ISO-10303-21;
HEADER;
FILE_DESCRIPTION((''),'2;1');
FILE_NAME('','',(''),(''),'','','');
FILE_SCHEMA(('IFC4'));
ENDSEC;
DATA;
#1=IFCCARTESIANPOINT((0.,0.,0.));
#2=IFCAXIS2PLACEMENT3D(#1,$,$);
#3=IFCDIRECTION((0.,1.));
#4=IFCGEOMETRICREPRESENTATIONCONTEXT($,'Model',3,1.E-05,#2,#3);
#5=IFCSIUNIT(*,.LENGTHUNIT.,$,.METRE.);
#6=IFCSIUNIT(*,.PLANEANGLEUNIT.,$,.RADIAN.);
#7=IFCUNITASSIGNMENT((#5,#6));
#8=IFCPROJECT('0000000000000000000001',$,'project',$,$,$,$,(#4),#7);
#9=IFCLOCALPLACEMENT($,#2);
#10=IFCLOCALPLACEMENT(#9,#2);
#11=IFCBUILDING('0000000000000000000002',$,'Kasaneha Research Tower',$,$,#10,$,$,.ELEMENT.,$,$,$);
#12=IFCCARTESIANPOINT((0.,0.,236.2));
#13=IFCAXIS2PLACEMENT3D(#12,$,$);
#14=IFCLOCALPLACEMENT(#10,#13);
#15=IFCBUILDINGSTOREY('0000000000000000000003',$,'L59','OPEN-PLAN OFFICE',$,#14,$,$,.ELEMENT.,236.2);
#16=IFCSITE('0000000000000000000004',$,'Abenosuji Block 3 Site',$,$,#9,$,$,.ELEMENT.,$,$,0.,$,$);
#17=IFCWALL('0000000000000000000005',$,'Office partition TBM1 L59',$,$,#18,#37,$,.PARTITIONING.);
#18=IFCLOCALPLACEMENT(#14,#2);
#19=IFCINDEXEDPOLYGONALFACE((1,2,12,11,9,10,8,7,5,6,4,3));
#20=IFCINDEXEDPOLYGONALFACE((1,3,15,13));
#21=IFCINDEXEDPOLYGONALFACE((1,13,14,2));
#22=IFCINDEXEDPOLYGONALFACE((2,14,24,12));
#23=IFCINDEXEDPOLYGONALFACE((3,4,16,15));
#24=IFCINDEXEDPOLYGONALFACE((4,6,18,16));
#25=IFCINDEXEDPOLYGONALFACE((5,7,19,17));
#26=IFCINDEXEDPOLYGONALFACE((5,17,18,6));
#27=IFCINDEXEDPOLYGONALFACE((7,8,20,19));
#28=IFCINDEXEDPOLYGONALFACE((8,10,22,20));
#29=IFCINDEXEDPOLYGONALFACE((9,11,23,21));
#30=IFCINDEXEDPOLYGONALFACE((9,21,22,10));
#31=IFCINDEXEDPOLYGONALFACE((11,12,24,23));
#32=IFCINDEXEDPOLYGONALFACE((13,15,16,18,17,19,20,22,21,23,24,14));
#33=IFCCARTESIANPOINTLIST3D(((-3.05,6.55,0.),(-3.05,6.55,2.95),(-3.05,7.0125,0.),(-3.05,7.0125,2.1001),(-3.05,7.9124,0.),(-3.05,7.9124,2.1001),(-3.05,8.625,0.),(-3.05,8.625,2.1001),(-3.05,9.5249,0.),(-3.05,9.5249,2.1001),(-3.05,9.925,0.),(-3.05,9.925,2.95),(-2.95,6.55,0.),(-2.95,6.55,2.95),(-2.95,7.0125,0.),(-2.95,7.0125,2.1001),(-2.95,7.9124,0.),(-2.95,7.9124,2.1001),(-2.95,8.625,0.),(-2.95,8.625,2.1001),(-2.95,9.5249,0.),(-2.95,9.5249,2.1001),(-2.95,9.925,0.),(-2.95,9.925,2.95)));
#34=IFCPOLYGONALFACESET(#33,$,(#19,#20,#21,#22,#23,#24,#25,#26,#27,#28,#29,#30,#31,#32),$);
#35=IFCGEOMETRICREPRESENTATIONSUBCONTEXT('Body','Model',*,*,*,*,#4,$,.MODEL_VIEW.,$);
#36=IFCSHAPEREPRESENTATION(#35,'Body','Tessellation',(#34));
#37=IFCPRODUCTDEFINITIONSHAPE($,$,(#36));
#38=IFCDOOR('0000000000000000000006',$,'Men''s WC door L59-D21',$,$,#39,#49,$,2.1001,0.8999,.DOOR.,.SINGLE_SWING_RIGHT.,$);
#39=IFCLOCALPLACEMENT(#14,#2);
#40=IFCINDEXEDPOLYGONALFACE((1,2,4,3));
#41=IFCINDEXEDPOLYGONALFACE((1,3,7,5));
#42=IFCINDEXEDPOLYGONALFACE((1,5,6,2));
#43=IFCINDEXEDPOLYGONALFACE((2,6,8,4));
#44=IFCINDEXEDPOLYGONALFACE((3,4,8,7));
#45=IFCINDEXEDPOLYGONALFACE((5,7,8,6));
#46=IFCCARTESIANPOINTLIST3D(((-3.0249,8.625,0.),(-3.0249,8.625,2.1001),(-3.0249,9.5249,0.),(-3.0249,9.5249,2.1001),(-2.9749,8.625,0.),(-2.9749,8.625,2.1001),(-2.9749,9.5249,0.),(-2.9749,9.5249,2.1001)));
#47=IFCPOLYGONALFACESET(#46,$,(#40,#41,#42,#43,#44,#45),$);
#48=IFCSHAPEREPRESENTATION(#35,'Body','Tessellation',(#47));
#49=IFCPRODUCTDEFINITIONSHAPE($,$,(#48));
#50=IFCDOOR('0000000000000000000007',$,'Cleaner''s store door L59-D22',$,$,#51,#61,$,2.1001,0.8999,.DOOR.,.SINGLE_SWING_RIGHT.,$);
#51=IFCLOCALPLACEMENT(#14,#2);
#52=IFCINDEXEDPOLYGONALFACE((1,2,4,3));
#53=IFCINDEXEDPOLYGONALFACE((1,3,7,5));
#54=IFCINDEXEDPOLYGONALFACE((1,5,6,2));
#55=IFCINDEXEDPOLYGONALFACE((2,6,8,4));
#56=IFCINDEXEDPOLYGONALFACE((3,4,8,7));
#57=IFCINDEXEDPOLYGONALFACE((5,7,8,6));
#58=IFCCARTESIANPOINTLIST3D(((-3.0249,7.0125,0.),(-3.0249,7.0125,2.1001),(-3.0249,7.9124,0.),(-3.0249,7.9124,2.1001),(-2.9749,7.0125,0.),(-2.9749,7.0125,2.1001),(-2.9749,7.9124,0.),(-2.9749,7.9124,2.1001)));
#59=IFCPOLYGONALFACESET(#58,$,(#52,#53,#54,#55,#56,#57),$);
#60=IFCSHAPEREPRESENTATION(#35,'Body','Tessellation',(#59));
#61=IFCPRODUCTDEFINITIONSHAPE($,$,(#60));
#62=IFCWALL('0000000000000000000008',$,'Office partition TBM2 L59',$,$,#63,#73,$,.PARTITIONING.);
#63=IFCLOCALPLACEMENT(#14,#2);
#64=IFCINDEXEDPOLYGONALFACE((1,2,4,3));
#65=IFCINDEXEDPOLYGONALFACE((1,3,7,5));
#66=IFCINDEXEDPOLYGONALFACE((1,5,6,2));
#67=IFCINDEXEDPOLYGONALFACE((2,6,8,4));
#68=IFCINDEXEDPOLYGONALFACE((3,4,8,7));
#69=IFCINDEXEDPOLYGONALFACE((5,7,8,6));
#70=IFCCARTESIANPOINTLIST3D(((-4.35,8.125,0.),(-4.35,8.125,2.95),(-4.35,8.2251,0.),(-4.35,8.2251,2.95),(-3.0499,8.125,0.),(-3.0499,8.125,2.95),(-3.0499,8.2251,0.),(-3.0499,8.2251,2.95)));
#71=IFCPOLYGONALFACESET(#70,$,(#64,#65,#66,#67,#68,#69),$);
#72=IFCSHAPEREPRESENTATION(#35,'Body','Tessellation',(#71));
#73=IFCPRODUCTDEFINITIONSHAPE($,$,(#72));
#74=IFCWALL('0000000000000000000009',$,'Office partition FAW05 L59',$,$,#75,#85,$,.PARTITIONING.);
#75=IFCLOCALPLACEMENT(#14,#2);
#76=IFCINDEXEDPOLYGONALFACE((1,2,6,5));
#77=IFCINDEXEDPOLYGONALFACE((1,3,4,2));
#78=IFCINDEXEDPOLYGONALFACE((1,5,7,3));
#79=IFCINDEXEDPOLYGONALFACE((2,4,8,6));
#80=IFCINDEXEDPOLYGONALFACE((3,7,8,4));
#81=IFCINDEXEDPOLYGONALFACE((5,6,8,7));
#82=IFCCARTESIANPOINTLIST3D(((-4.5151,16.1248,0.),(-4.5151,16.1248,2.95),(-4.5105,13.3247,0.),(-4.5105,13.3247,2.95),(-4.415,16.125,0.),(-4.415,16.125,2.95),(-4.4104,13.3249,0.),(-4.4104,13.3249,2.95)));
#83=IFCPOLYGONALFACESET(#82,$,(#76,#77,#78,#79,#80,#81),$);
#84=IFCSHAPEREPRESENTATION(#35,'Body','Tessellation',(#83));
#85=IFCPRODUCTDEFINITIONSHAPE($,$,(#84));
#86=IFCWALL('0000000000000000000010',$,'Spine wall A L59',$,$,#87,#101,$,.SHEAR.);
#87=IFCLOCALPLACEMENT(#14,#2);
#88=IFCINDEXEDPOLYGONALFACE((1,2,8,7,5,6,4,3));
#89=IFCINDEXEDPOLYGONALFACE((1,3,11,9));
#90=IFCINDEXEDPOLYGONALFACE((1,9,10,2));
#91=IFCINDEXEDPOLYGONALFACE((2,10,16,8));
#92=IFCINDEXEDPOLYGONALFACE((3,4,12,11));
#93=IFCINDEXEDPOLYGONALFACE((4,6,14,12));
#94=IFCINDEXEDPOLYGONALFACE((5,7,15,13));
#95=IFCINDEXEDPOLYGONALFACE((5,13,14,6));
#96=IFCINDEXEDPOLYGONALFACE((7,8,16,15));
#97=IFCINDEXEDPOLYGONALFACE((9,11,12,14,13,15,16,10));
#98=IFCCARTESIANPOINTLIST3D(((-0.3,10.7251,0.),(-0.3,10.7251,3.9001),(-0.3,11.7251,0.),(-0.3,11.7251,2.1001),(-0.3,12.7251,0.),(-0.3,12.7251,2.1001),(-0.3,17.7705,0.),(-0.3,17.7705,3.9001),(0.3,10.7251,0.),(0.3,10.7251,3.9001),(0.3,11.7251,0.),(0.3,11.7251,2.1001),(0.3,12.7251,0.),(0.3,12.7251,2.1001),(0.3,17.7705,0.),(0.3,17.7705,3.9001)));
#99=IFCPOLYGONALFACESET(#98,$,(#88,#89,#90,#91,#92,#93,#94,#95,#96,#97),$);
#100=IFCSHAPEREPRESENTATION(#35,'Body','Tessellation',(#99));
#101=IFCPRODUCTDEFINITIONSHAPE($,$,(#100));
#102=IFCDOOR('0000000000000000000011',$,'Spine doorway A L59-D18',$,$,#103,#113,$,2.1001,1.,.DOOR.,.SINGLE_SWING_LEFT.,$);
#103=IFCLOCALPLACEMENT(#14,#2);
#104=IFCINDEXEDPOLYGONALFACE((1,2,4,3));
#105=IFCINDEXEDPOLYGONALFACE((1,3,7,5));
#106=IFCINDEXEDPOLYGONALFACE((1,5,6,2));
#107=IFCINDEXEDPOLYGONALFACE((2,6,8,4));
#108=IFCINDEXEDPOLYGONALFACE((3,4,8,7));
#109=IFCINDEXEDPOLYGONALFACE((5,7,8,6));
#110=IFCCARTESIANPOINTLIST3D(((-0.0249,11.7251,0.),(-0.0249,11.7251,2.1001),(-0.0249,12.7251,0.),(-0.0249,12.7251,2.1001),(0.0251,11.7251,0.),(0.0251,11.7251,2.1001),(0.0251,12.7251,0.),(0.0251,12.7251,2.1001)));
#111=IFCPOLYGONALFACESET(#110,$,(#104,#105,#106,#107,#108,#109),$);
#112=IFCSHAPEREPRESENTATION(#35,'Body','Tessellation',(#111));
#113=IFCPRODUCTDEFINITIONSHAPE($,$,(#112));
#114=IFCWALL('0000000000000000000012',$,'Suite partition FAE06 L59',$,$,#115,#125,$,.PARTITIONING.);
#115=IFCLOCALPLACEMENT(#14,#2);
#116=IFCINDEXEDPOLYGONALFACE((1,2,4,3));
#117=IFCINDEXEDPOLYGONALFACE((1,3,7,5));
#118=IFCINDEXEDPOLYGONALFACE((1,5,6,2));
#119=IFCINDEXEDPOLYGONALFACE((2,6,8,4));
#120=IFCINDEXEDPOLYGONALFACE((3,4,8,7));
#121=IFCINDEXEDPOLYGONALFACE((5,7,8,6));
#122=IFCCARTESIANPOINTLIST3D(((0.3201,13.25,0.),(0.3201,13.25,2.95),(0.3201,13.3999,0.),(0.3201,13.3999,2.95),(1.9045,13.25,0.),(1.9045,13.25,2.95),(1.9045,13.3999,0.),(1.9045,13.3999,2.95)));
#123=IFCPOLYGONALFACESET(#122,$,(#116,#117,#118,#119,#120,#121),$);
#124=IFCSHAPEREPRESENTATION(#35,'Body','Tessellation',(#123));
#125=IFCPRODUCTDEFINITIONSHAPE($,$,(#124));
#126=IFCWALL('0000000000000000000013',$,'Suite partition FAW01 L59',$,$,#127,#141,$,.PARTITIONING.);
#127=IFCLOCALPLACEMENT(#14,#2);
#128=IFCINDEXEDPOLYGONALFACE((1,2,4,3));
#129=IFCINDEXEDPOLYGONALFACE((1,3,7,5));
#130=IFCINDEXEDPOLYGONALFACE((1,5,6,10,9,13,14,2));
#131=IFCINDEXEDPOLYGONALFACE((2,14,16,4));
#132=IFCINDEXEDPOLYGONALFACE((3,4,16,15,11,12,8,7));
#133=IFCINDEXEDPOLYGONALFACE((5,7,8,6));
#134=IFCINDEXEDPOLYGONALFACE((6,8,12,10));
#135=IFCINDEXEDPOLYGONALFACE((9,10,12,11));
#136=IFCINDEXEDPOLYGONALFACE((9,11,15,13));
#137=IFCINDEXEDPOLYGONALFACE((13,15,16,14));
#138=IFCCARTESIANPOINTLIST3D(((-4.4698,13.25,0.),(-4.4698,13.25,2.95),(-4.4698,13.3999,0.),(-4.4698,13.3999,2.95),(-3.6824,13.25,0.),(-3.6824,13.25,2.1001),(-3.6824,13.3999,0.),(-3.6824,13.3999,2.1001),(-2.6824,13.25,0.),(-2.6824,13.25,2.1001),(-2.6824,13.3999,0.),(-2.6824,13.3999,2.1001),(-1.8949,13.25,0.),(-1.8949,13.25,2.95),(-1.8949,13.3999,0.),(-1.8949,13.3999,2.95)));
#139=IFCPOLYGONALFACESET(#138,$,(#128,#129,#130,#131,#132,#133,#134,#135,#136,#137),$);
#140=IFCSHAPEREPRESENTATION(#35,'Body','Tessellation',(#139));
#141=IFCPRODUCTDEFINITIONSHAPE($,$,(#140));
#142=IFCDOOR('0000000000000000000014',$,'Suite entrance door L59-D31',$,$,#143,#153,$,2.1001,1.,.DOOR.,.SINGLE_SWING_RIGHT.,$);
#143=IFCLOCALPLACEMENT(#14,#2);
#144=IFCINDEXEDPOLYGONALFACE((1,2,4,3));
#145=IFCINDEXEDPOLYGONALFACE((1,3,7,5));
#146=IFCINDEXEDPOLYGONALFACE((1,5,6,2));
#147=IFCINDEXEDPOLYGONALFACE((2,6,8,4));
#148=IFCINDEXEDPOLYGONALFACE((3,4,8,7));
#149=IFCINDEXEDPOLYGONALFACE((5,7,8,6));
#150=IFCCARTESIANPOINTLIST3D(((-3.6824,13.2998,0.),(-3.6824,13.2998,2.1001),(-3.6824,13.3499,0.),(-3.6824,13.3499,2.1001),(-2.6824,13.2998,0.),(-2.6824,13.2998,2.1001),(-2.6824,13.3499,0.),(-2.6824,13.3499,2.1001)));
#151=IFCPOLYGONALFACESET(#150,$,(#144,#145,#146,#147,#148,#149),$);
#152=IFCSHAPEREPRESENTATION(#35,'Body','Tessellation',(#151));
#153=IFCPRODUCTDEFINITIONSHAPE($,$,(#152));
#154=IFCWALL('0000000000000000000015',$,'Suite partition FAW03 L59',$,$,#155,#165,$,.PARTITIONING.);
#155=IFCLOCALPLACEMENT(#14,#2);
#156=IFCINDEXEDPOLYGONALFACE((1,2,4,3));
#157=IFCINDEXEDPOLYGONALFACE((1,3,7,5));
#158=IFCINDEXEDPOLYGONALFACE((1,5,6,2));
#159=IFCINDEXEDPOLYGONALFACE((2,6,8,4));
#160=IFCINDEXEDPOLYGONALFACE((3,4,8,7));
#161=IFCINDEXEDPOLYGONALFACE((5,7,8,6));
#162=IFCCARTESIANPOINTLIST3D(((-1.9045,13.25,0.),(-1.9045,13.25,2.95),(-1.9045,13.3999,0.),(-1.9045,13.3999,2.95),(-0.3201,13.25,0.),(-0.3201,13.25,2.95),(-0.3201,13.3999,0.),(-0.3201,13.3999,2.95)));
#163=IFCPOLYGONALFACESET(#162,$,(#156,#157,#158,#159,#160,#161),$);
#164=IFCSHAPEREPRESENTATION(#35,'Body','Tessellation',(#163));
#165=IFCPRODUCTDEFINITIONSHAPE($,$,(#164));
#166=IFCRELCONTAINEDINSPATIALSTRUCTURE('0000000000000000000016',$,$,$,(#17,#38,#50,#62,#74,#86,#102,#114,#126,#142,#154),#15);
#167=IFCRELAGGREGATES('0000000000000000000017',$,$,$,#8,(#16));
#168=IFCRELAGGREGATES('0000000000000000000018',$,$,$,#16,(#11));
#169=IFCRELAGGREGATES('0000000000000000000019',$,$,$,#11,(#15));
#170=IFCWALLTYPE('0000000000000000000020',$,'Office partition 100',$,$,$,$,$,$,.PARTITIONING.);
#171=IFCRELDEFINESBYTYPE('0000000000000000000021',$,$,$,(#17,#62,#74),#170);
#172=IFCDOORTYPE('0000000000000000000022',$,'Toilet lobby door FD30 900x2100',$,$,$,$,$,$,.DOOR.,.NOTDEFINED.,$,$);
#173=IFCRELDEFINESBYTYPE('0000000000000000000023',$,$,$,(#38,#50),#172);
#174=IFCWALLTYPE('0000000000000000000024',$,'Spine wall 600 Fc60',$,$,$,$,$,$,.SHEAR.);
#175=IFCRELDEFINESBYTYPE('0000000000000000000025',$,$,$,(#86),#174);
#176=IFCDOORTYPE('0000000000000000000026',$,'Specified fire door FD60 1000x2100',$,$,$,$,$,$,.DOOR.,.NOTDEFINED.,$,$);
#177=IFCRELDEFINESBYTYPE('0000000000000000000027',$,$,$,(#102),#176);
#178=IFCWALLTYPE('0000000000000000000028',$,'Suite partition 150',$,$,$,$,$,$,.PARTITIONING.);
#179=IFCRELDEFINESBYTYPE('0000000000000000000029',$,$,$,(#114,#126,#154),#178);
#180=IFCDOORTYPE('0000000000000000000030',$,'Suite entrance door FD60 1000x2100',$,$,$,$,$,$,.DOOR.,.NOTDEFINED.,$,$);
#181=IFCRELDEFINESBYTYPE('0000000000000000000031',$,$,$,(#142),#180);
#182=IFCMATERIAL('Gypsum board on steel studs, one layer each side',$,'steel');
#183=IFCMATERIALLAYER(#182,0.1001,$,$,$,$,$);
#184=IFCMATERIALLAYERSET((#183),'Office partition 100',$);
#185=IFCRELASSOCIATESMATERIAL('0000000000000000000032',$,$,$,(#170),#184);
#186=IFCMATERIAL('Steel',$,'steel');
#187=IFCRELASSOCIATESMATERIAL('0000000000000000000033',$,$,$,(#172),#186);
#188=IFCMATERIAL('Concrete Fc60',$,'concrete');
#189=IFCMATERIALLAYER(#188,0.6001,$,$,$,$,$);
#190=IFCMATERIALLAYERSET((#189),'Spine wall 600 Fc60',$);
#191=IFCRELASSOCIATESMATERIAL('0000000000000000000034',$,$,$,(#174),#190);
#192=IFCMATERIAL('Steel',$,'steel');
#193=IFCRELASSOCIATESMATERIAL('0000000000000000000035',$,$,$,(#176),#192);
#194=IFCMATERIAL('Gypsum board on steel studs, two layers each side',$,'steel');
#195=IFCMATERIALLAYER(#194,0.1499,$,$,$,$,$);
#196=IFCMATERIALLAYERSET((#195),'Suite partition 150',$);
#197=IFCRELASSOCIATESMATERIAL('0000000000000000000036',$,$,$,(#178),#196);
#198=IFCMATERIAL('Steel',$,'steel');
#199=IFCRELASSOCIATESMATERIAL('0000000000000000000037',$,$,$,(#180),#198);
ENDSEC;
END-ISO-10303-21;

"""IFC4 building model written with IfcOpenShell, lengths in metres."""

from ifc_helpers import new_model, si_unit, direction, frame, frame_2d, origin, place, context, subcontext, project, spatial, rectangle, extrude, material, layer, layer_set, type_object, element, fill, save


model = new_model("IFC4")

# Units and contexts
model_context = context("Model", 3, precision=1e-05, world=origin(), true_north=direction((0.0, 1.0)))
body_context = subcontext(model_context, "Body", "Model", "MODEL_VIEW")
ifc_project = project(units=[si_unit("LENGTHUNIT", "METRE"), si_unit("PLANEANGLEUNIT", "RADIAN")], contexts=[model_context])

# Site, building, storey
site_placement = place(None, origin())
site = spatial("IfcSite", under=ifc_project, at=site_placement, Name="Abenosuji Block 3 Site", CompositionType="ELEMENT", RefElevation=0.0)
building_placement = place(site_placement, origin())
building = spatial("IfcBuilding", under=site, at=building_placement, Name="Kasaneha Research Tower", CompositionType="ELEMENT")
storey_placement = place(building_placement, frame((0.0, 0.0, 236.2)))
storey = spatial("IfcBuildingStorey", under=building, at=storey_placement, Name="L59", Description="OPEN-PLAN OFFICE", CompositionType="ELEMENT", Elevation=236.2)

# Wall, openings, doors
ifc_material_1 = material(Name="Gypsum board on steel studs, one layer each side", Category="steel")
ifc_layer_1 = layer(ifc_material_1, 0.1001)
ifc_layer_set_1 = layer_set([ifc_layer_1], Name="Office partition 100")
wall_type_1 = type_object("IfcWallType", Name="Office partition 100", PredefinedType="PARTITIONING", material=ifc_layer_set_1)
wall_1_placement = place(storey_placement, frame((-3.0, 6.55, 0.0), z_axis=(0.0, 0.0, 1.0), x_axis=(0.0, 1.0, 0.0)))
wall_1 = element("IfcWall", 1, at=wall_1_placement, inside=storey, type_object=wall_type_1, Name="Office partition TBM1 L59", PredefinedType="PARTITIONING", context=body_context, shape_type="SweptSolid", body=[
    extrude(rectangle(XDim=3.375, YDim=0.1001, at=frame_2d((1.6875, 0.0))), origin(), (0.0, 0.0, 1.0), 2.95),
])
opening_1_placement = place(wall_1_placement, frame((2.075, 0.0, 0.0)))
opening_1 = element("IfcOpeningElement", 2, at=opening_1_placement, cuts=wall_1, PredefinedType="OPENING", context=body_context, shape_type="SweptSolid", body=[
    extrude(rectangle(XDim=0.8999, YDim=2.1001, at=frame_2d((0.45, 1.05))), frame((0.0, 0.0601, 0.0), z_axis=(0.0, -1.0, 0.0), x_axis=(1.0, 0.0, 0.0)), (0.0, 0.0, 1.0), 0.1201),
])
opening_2_placement = place(wall_1_placement, frame((0.4624, 0.0, 0.0)))
opening_2 = element("IfcOpeningElement", 3, at=opening_2_placement, cuts=wall_1, PredefinedType="OPENING", context=body_context, shape_type="SweptSolid", body=[
    extrude(rectangle(XDim=0.8999, YDim=2.1001, at=frame_2d((0.45, 1.05))), frame((0.0, 0.0601, 0.0), z_axis=(0.0, -1.0, 0.0), x_axis=(1.0, 0.0, 0.0)), (0.0, 0.0, 1.0), 0.1201),
])
ifc_material_2 = material(Name="Steel", Category="steel")
door_type_1 = type_object("IfcDoorType", Name="Toilet lobby door FD30 900x2100", OperationType="NOTDEFINED", PredefinedType="DOOR", material=ifc_material_2)
door_1_placement = place(opening_1_placement, origin())
door_1 = element("IfcDoor", 4, at=door_1_placement, inside=storey, type_object=door_type_1, Name="Men's WC door L59-D21", OperationType="SINGLE_SWING_RIGHT", OverallHeight=2.1001, OverallWidth=0.8999, PredefinedType="DOOR", context=body_context, shape_type="SweptSolid", body=[
    extrude(rectangle(XDim=0.8999, YDim=2.1001, at=frame_2d((0.45, 1.05))), frame((0.0, 0.0249, 0.0), z_axis=(0.0, -1.0, 0.0), x_axis=(1.0, 0.0, 0.0)), (0.0, 0.0, 1.0), 0.05),
])
fill(opening_1, door_1)
door_2_placement = place(opening_2_placement, origin())
door_2 = element("IfcDoor", 5, at=door_2_placement, inside=storey, type_object=door_type_1, Name="Cleaner's store door L59-D22", OperationType="SINGLE_SWING_RIGHT", OverallHeight=2.1001, OverallWidth=0.8999, PredefinedType="DOOR", context=body_context, shape_type="SweptSolid", body=[
    extrude(rectangle(XDim=0.8999, YDim=2.1001, at=frame_2d((0.45, 1.05))), frame((0.0, 0.0249, 0.0), z_axis=(0.0, -1.0, 0.0), x_axis=(1.0, 0.0, 0.0)), (0.0, 0.0, 1.0), 0.05),
])
fill(opening_2, door_2)

# Walls
wall_2_placement = place(storey_placement, frame((-3.05, 8.175, 0.0), z_axis=(0.0, 0.0, 1.0), x_axis=(-1.0, 0.0, 0.0)))
element("IfcWall", 6, at=wall_2_placement, inside=storey, type_object=wall_type_1, Name="Office partition TBM2 L59", PredefinedType="PARTITIONING", context=body_context, shape_type="SweptSolid", body=[
    extrude(rectangle(XDim=1.3, YDim=0.1001, at=frame_2d((0.6499, 0.0))), origin(), (0.0, 0.0, 1.0), 2.95),
])
wall_3_placement = place(storey_placement, frame((-4.4604, 13.325, 0.0), z_axis=(0.0, 0.0, 1.0), x_axis=(-0.001657, 0.999999, 0.0)))
element("IfcWall", 7, at=wall_3_placement, inside=storey, type_object=wall_type_1, Name="Office partition FAW05 L59", PredefinedType="PARTITIONING", context=body_context, shape_type="SweptSolid", body=[
    extrude(rectangle(XDim=2.8, YDim=0.1001, at=frame_2d((1.3999, 0.0))), origin(), (0.0, 0.0, 1.0), 2.95),
])

# Wall, opening, door
ifc_material_3 = material(Name="Concrete Fc60", Category="concrete")
ifc_layer_2 = layer(ifc_material_3, 0.6001)
ifc_layer_set_2 = layer_set([ifc_layer_2], Name="Spine wall 600 Fc60")
wall_type_2 = type_object("IfcWallType", Name="Spine wall 600 Fc60", PredefinedType="SHEAR", material=ifc_layer_set_2)
wall_4_placement = place(storey_placement, frame((0.0, 10.7251, 0.0), z_axis=(0.0, 0.0, 1.0), x_axis=(0.0, 1.0, 0.0)))
wall_4 = element("IfcWall", 8, at=wall_4_placement, inside=storey, type_object=wall_type_2, Name="Spine wall A L59", PredefinedType="SHEAR", context=body_context, shape_type="SweptSolid", body=[
    extrude(rectangle(XDim=7.0454, YDim=0.6001, at=frame_2d((3.5227, 0.0))), origin(), (0.0, 0.0, 1.0), 3.9001),
])
opening_3_placement = place(wall_4_placement, frame((1.0, 0.0, 0.0)))
opening_3 = element("IfcOpeningElement", 9, at=opening_3_placement, cuts=wall_4, PredefinedType="OPENING", context=body_context, shape_type="SweptSolid", body=[
    extrude(rectangle(XDim=1.0, YDim=2.1001, at=frame_2d((0.5, 1.05))), frame((0.0, 0.3101, 0.0), z_axis=(0.0, -1.0, 0.0), x_axis=(1.0, 0.0, 0.0)), (0.0, 0.0, 1.0), 0.6201),
])
ifc_material_4 = material(Name="Steel", Category="steel")
door_type_2 = type_object("IfcDoorType", Name="Specified fire door FD60 1000x2100", OperationType="NOTDEFINED", PredefinedType="DOOR", material=ifc_material_4)
door_3_placement = place(opening_3_placement, origin())
door_3 = element("IfcDoor", 10, at=door_3_placement, inside=storey, type_object=door_type_2, Name="Spine doorway A L59-D18", OperationType="SINGLE_SWING_LEFT", OverallHeight=2.1001, OverallWidth=1.0, PredefinedType="DOOR", context=body_context, shape_type="SweptSolid", body=[
    extrude(rectangle(XDim=1.0, YDim=2.1001, at=frame_2d((0.5, 1.05))), frame((0.0, 0.0249, 0.0), z_axis=(0.0, -1.0, 0.0), x_axis=(1.0, 0.0, 0.0)), (0.0, 0.0, 1.0), 0.05),
])
fill(opening_3, door_3)

# Wall
ifc_material_5 = material(Name="Gypsum board on steel studs, two layers each side", Category="steel")
ifc_layer_3 = layer(ifc_material_5, 0.1499)
ifc_layer_set_3 = layer_set([ifc_layer_3], Name="Suite partition 150")
wall_type_3 = type_object("IfcWallType", Name="Suite partition 150", PredefinedType="PARTITIONING", material=ifc_layer_set_3)
wall_5_placement = place(storey_placement, frame((0.3201, 13.325, 0.0), z_axis=(0.0, 0.0, 1.0), x_axis=(1.0, 0.0, 0.0)))
element("IfcWall", 11, at=wall_5_placement, inside=storey, type_object=wall_type_3, Name="Suite partition FAE06 L59", PredefinedType="PARTITIONING", context=body_context, shape_type="SweptSolid", body=[
    extrude(rectangle(XDim=1.5845, YDim=0.1499, at=frame_2d((0.7922, 0.0))), origin(), (0.0, 0.0, 1.0), 2.95),
])

# Wall, opening, door
wall_6_placement = place(storey_placement, frame((-4.47, 13.325, 0.0), z_axis=(0.0, 0.0, 1.0), x_axis=(1.0, 0.0, 0.0)))
wall_6 = element("IfcWall", 12, at=wall_6_placement, inside=storey, type_object=wall_type_3, Name="Suite partition FAW01 L59", PredefinedType="PARTITIONING", context=body_context, shape_type="SweptSolid", body=[
    extrude(rectangle(XDim=2.575, YDim=0.1499, at=frame_2d((1.2876, 0.0))), origin(), (0.0, 0.0, 1.0), 2.95),
])
opening_4_placement = place(wall_6_placement, frame((0.7876, 0.0, 0.0)))
opening_4 = element("IfcOpeningElement", 13, at=opening_4_placement, cuts=wall_6, PredefinedType="OPENING", context=body_context, shape_type="SweptSolid", body=[
    extrude(rectangle(XDim=1.0, YDim=2.1001, at=frame_2d((0.5, 1.05))), frame((0.0, 0.085, 0.0), z_axis=(0.0, -1.0, 0.0), x_axis=(1.0, 0.0, 0.0)), (0.0, 0.0, 1.0), 0.1699),
])
ifc_material_6 = material(Name="Steel", Category="steel")
door_type_3 = type_object("IfcDoorType", Name="Suite entrance door FD60 1000x2100", OperationType="NOTDEFINED", PredefinedType="DOOR", material=ifc_material_6)
door_4_placement = place(opening_4_placement, origin())
door_4 = element("IfcDoor", 14, at=door_4_placement, inside=storey, type_object=door_type_3, Name="Suite entrance door L59-D31", OperationType="SINGLE_SWING_RIGHT", OverallHeight=2.1001, OverallWidth=1.0, PredefinedType="DOOR", context=body_context, shape_type="SweptSolid", body=[
    extrude(rectangle(XDim=1.0, YDim=2.1001, at=frame_2d((0.5, 1.05))), frame((0.0, 0.0249, 0.0), z_axis=(0.0, -1.0, 0.0), x_axis=(1.0, 0.0, 0.0)), (0.0, 0.0, 1.0), 0.05),
])
fill(opening_4, door_4)

# Wall
wall_7_placement = place(storey_placement, frame((-1.9045, 13.325, 0.0), z_axis=(0.0, 0.0, 1.0), x_axis=(1.0, 0.0, 0.0)))
element("IfcWall", 15, at=wall_7_placement, inside=storey, type_object=wall_type_3, Name="Suite partition FAW03 L59", PredefinedType="PARTITIONING", context=body_context, shape_type="SweptSolid", body=[
    extrude(rectangle(XDim=1.5845, YDim=0.1499, at=frame_2d((0.7922, 0.0))), origin(), (0.0, 0.0, 1.0), 2.95),
])

save(model, "model.ifc")
